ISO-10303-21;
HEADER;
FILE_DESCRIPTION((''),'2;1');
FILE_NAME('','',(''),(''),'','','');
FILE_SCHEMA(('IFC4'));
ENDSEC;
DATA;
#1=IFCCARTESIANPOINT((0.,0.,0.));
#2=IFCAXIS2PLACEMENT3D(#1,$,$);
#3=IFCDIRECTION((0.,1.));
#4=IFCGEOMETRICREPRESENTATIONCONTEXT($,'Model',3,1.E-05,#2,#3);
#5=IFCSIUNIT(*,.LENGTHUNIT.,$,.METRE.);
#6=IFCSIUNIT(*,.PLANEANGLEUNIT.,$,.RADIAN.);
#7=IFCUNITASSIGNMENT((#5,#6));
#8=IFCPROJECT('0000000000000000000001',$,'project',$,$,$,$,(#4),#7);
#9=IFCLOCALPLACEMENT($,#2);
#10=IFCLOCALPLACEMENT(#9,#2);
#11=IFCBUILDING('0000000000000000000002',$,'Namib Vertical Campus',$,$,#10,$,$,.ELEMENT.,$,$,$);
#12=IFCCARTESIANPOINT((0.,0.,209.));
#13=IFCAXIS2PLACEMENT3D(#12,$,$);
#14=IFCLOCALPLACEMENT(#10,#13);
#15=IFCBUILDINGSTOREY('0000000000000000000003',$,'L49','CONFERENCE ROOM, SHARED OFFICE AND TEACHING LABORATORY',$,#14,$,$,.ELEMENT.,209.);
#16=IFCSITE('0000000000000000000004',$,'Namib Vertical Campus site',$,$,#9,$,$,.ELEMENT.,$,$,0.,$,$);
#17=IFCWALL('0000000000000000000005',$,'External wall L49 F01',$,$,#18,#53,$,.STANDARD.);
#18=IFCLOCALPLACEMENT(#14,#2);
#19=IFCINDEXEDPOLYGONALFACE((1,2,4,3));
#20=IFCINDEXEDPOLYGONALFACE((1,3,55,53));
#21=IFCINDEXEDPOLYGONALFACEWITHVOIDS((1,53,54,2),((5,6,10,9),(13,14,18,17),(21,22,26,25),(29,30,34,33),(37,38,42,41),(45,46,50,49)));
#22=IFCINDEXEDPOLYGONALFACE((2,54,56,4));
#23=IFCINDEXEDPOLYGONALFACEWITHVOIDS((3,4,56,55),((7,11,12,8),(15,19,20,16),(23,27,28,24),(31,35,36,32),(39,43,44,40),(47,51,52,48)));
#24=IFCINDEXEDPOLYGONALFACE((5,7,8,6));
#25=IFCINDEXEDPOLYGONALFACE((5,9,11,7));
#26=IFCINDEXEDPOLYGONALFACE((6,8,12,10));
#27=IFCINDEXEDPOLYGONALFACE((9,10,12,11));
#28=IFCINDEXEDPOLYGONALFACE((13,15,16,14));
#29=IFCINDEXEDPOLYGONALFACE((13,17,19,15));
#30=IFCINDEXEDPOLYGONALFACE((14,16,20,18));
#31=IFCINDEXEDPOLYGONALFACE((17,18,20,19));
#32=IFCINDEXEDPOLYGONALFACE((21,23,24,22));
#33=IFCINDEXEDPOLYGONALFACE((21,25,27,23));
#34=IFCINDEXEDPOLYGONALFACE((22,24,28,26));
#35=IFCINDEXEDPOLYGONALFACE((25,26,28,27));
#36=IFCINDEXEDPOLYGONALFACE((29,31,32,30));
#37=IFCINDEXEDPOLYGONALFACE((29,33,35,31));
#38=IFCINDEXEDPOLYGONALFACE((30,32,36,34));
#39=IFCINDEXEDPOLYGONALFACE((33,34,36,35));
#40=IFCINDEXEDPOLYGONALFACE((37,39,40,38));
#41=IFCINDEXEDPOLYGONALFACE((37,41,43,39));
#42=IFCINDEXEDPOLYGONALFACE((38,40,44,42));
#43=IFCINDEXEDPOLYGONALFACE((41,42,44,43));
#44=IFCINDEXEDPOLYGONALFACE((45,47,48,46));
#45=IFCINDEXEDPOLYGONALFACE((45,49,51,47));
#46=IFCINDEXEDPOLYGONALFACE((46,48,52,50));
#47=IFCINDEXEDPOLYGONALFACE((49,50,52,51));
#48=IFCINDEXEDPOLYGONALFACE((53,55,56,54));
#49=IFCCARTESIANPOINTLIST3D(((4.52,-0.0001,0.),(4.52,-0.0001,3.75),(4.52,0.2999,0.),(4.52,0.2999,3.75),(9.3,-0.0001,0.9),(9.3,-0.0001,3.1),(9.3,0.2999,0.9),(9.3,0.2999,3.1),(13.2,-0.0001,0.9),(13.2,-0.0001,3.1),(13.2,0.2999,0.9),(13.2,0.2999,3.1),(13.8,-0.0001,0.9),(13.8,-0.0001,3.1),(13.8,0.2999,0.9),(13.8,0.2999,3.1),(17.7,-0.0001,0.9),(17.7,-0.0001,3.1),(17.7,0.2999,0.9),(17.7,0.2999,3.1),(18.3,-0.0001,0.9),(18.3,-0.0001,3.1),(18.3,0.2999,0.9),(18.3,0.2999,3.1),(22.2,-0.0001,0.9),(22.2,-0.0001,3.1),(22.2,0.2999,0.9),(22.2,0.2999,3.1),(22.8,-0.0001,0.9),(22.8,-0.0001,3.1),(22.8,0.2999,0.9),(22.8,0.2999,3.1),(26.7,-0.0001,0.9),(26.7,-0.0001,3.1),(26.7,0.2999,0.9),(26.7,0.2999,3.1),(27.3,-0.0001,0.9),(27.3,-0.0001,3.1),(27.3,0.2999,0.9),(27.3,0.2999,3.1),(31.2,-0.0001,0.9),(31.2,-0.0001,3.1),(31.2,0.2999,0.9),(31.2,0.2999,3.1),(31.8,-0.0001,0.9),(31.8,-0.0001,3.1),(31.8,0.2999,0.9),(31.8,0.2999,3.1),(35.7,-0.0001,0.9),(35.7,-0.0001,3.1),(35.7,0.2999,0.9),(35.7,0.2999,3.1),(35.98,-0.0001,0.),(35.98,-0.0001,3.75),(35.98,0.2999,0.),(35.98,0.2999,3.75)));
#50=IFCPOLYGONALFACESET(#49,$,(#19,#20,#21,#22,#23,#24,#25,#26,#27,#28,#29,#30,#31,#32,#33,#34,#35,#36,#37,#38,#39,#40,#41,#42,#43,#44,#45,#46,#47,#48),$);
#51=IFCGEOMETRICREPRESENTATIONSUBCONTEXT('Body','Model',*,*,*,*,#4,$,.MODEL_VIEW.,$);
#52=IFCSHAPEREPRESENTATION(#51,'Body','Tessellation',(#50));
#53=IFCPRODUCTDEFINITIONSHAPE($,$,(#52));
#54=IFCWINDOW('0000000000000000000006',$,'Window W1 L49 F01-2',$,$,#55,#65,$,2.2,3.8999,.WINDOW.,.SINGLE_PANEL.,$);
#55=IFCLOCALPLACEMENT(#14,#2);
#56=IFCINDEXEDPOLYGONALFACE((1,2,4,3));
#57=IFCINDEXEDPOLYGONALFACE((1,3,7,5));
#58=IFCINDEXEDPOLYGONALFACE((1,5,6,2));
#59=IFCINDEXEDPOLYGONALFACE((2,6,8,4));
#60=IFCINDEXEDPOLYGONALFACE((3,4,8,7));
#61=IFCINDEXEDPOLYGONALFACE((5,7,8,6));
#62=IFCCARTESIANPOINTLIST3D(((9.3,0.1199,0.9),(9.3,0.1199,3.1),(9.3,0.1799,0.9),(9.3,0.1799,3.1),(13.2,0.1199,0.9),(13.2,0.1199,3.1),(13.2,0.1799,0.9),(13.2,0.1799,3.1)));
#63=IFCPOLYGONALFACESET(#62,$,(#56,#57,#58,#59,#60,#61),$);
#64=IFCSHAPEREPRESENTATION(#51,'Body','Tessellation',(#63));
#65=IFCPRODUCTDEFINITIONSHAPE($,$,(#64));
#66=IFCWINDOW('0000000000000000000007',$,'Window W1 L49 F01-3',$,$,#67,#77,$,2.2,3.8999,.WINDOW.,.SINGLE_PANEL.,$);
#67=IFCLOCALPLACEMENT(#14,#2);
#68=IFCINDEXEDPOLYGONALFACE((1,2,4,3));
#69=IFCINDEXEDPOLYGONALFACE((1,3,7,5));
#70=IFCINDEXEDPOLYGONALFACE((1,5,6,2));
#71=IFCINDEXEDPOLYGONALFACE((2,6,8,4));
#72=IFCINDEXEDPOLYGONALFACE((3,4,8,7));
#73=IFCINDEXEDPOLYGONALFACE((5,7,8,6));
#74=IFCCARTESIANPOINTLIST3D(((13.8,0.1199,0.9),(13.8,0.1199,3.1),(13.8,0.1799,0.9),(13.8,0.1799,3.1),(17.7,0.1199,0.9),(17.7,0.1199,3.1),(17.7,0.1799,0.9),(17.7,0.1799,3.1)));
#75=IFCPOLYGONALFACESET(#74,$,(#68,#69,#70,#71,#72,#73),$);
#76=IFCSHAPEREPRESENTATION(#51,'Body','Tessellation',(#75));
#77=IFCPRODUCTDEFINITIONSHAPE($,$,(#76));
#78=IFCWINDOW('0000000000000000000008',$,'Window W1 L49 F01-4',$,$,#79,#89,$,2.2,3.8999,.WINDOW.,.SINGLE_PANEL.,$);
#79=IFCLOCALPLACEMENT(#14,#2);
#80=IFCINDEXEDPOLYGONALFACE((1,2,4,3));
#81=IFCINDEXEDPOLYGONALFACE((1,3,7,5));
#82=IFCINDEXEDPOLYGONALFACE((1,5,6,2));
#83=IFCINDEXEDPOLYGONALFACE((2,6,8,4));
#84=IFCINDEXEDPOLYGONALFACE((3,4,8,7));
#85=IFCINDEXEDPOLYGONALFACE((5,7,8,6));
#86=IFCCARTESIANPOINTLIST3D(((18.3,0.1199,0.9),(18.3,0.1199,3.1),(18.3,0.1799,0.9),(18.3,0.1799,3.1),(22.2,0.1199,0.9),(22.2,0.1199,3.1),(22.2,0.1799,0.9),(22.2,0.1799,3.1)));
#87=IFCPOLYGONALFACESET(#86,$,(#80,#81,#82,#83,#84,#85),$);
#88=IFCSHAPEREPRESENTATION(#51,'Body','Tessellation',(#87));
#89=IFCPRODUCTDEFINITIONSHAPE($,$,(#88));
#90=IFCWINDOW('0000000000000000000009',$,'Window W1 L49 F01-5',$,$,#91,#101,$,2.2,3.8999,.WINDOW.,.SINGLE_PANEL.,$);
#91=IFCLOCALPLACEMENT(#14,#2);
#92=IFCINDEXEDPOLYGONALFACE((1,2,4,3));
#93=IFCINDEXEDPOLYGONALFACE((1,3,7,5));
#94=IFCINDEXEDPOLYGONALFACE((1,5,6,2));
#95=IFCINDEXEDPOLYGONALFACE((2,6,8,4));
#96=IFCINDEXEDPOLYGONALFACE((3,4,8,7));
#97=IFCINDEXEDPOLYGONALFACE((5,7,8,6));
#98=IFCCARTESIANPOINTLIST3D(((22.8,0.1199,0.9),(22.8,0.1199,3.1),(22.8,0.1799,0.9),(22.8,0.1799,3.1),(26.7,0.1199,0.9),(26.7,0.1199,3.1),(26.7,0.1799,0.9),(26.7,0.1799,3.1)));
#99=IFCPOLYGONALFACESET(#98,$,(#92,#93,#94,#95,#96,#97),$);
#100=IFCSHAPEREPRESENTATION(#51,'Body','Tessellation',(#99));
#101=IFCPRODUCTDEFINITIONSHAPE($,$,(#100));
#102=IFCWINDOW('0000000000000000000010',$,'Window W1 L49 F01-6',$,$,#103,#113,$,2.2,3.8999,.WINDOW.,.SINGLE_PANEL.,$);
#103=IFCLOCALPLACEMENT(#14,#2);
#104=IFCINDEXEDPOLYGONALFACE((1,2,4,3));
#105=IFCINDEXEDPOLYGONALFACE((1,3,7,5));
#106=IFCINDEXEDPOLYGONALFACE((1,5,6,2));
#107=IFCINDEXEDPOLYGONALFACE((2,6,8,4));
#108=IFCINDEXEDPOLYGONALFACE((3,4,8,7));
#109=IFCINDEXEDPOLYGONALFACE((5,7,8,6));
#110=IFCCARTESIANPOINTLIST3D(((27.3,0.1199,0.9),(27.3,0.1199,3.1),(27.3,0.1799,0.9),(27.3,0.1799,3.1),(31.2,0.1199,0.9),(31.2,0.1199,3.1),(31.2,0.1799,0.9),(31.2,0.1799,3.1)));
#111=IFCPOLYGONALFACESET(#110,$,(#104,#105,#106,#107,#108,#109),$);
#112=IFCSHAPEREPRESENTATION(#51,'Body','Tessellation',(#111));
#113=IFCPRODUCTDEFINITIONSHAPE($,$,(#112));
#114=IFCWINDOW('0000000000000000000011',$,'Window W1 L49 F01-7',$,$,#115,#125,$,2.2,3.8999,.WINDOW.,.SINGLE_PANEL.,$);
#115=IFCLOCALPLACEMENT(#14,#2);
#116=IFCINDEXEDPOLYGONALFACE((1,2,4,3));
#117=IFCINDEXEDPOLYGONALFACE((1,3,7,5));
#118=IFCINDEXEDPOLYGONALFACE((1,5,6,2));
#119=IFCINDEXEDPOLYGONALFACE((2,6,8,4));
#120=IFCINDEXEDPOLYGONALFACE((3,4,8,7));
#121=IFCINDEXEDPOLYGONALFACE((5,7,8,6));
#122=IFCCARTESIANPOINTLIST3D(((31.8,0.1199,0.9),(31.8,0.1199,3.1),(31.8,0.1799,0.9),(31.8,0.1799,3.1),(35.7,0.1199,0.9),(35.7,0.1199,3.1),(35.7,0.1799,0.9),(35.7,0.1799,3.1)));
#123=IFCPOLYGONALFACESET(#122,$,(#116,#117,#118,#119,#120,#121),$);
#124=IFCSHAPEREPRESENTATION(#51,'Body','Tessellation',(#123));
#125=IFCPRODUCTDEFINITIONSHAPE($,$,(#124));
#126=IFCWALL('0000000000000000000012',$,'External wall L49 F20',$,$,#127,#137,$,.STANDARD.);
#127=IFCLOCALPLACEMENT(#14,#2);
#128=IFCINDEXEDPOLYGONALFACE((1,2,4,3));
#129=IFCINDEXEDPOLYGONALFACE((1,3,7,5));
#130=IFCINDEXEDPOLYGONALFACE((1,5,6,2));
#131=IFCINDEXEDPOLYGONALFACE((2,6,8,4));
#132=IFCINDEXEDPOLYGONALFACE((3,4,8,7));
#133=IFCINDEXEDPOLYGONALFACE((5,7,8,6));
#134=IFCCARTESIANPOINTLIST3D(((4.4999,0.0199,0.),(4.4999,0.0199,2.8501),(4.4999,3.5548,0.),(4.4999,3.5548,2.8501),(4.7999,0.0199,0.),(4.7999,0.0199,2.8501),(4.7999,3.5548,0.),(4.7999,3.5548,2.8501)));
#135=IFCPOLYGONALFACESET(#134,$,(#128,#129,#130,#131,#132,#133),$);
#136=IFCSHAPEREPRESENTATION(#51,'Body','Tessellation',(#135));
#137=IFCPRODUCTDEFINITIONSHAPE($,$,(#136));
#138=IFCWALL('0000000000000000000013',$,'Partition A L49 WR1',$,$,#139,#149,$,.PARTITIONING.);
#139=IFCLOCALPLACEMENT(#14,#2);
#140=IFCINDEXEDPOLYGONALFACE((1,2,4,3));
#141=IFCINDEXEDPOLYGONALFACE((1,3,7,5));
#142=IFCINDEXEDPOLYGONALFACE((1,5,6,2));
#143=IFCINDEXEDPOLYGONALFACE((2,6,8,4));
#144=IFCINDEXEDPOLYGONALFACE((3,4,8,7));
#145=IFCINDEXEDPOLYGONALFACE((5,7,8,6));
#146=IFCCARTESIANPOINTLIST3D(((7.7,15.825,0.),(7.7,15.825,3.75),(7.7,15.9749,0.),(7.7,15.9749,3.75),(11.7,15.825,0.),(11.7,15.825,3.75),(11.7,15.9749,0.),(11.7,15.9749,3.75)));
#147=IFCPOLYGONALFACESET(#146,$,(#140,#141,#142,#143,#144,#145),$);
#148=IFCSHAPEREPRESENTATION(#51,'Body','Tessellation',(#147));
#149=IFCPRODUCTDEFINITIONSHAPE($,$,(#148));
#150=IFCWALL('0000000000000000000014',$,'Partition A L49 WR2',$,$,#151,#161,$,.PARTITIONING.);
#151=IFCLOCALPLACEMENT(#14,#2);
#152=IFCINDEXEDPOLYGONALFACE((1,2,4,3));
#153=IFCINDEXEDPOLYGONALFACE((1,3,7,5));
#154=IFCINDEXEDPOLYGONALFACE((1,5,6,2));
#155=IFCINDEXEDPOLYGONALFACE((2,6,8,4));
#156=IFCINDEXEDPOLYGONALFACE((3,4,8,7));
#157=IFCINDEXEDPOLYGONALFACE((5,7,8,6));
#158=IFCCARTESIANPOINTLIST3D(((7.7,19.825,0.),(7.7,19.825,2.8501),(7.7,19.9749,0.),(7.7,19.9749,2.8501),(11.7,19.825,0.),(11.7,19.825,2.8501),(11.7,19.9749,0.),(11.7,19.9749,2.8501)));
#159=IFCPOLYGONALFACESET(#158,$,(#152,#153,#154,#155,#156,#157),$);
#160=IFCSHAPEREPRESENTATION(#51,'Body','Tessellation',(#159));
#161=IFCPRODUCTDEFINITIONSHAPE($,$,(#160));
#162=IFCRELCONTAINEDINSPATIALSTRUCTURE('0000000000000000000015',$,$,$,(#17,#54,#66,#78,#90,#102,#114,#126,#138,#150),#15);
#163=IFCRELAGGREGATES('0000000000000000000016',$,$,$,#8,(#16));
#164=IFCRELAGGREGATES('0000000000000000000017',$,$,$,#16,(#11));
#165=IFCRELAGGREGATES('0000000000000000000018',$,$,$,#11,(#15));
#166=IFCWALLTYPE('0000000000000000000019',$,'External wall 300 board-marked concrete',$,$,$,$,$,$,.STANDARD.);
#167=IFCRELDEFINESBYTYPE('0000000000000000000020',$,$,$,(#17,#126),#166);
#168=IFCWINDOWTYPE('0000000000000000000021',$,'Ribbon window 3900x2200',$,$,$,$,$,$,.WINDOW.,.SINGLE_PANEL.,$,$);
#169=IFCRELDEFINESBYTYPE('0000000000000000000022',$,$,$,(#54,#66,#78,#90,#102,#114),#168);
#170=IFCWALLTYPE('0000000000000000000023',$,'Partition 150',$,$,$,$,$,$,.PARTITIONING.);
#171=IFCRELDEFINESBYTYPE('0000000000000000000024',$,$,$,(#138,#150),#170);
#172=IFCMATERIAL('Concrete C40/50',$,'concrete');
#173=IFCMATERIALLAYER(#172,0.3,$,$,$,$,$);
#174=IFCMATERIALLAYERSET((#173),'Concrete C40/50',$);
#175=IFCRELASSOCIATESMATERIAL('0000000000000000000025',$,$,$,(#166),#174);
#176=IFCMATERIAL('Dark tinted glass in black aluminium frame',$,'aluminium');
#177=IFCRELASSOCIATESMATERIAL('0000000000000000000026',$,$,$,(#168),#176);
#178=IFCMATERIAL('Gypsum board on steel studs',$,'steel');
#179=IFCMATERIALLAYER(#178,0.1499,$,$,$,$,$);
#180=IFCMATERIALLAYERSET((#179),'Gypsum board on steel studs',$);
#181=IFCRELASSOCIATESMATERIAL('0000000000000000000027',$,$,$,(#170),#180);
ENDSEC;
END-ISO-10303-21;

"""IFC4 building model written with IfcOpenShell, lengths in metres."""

from ifc_helpers import new_model, si_unit, direction, frame, frame_2d, origin, place, context, subcontext, project, spatial, rectangle, extrude, material, layer, layer_set, type_object, element, fill, save


model = new_model("IFC4")

# Units and contexts
model_context = context("Model", 3, precision=1e-05, world=origin(), true_north=direction((0.0, 1.0)))
body_context = subcontext(model_context, "Body", "Model", "MODEL_VIEW")
ifc_project = project(units=[si_unit("LENGTHUNIT", "METRE"), si_unit("PLANEANGLEUNIT", "RADIAN")], contexts=[model_context])

# Site, building, storey
site_placement = place(None, origin())
site = spatial("IfcSite", under=ifc_project, at=site_placement, Name="Namib Vertical Campus site", CompositionType="ELEMENT", RefElevation=0.0)
building_placement = place(site_placement, origin())
building = spatial("IfcBuilding", under=site, at=building_placement, Name="Namib Vertical Campus", CompositionType="ELEMENT")
storey_placement = place(building_placement, frame((0.0, 0.0, 209.0)))
storey = spatial("IfcBuildingStorey", under=building, at=storey_placement, Name="L49", Description="CONFERENCE ROOM, SHARED OFFICE AND TEACHING LABORATORY", CompositionType="ELEMENT", Elevation=209.0)

# Wall, openings, windows
ifc_material_1 = material(Name="Concrete C40/50", Category="concrete")
ifc_layer_1 = layer(ifc_material_1, 0.3)
ifc_layer_set_1 = layer_set([ifc_layer_1], Name="Concrete C40/50")
wall_type_1 = type_object("IfcWallType", Name="External wall 300 board-marked concrete", PredefinedType="STANDARD", material=ifc_layer_set_1)
wall_1_placement = place(storey_placement, frame((4.52, 0.1499, 0.0), z_axis=(0.0, 0.0, 1.0), x_axis=(1.0, 0.0, 0.0)))
wall_1 = element("IfcWall", 1, at=wall_1_placement, inside=storey, type_object=wall_type_1, Name="External wall L49 F01", PredefinedType="STANDARD", context=body_context, shape_type="SweptSolid", body=[
    extrude(rectangle(XDim=31.46, YDim=0.3, at=frame_2d((15.73, 0.0))), origin(), (0.0, 0.0, 1.0), 3.75),
])
opening_1_placement = place(wall_1_placement, frame((4.78, 0.0, 0.8999)))
opening_1 = element("IfcOpeningElement", 2, at=opening_1_placement, cuts=wall_1, PredefinedType="OPENING", context=body_context, shape_type="SweptSolid", body=[
    extrude(rectangle(XDim=3.8999, YDim=2.2, at=frame_2d((1.95, 1.1001))), frame((0.0, 0.1599, 0.0), z_axis=(0.0, -1.0, 0.0), x_axis=(1.0, 0.0, 0.0)), (0.0, 0.0, 1.0), 0.3201),
])
opening_2_placement = place(wall_1_placement, frame((9.28, 0.0, 0.8999)))
opening_2 = element("IfcOpeningElement", 3, at=opening_2_placement, cuts=wall_1, PredefinedType="OPENING", context=body_context, shape_type="SweptSolid", body=[
    extrude(rectangle(XDim=3.8999, YDim=2.2, at=frame_2d((1.95, 1.1001))), frame((0.0, 0.1599, 0.0), z_axis=(0.0, -1.0, 0.0), x_axis=(1.0, 0.0, 0.0)), (0.0, 0.0, 1.0), 0.3201),
])
opening_3_placement = place(wall_1_placement, frame((13.78, 0.0, 0.8999)))
opening_3 = element("IfcOpeningElement", 4, at=opening_3_placement, cuts=wall_1, PredefinedType="OPENING", context=body_context, shape_type="SweptSolid", body=[
    extrude(rectangle(XDim=3.8999, YDim=2.2, at=frame_2d((1.95, 1.1001))), frame((0.0, 0.1599, 0.0), z_axis=(0.0, -1.0, 0.0), x_axis=(1.0, 0.0, 0.0)), (0.0, 0.0, 1.0), 0.3201),
])
opening_4_placement = place(wall_1_placement, frame((18.28, 0.0, 0.8999)))
opening_4 = element("IfcOpeningElement", 5, at=opening_4_placement, cuts=wall_1, PredefinedType="OPENING", context=body_context, shape_type="SweptSolid", body=[
    extrude(rectangle(XDim=3.8999, YDim=2.2, at=frame_2d((1.95, 1.1001))), frame((0.0, 0.1599, 0.0), z_axis=(0.0, -1.0, 0.0), x_axis=(1.0, 0.0, 0.0)), (0.0, 0.0, 1.0), 0.3201),
])
opening_5_placement = place(wall_1_placement, frame((22.78, 0.0, 0.8999)))
opening_5 = element("IfcOpeningElement", 6, at=opening_5_placement, cuts=wall_1, PredefinedType="OPENING", context=body_context, shape_type="SweptSolid", body=[
    extrude(rectangle(XDim=3.8999, YDim=2.2, at=frame_2d((1.95, 1.1001))), frame((0.0, 0.1599, 0.0), z_axis=(0.0, -1.0, 0.0), x_axis=(1.0, 0.0, 0.0)), (0.0, 0.0, 1.0), 0.3201),
])
opening_6_placement = place(wall_1_placement, frame((27.28, 0.0, 0.8999)))
opening_6 = element("IfcOpeningElement", 7, at=opening_6_placement, cuts=wall_1, PredefinedType="OPENING", context=body_context, shape_type="SweptSolid", body=[
    extrude(rectangle(XDim=3.8999, YDim=2.2, at=frame_2d((1.95, 1.1001))), frame((0.0, 0.1599, 0.0), z_axis=(0.0, -1.0, 0.0), x_axis=(1.0, 0.0, 0.0)), (0.0, 0.0, 1.0), 0.3201),
])
ifc_material_2 = material(Name="Dark tinted glass in black aluminium frame", Category="aluminium")
window_type = type_object("IfcWindowType", Name="Ribbon window 3900x2200", PartitioningType="SINGLE_PANEL", PredefinedType="WINDOW", material=ifc_material_2)
window_1_placement = place(opening_1_placement, origin())
window_1 = element("IfcWindow", 8, at=window_1_placement, inside=storey, type_object=window_type, Name="Window W1 L49 F01-2", OverallHeight=2.2, OverallWidth=3.8999, PartitioningType="SINGLE_PANEL", PredefinedType="WINDOW", context=body_context, shape_type="SweptSolid", body=[
    extrude(rectangle(XDim=3.8999, YDim=2.2, at=frame_2d((1.95, 1.1001))), frame((0.0, 0.03, 0.0), z_axis=(0.0, -1.0, 0.0), x_axis=(1.0, 0.0, 0.0)), (0.0, 0.0, 1.0), 0.0601),
])
fill(opening_1, window_1)
window_2_placement = place(opening_2_placement, origin())
window_2 = element("IfcWindow", 9, at=window_2_placement, inside=storey, type_object=window_type, Name="Window W1 L49 F01-3", OverallHeight=2.2, OverallWidth=3.8999, PartitioningType="SINGLE_PANEL", PredefinedType="WINDOW", context=body_context, shape_type="SweptSolid", body=[
    extrude(rectangle(XDim=3.8999, YDim=2.2, at=frame_2d((1.95, 1.1001))), frame((0.0, 0.03, 0.0), z_axis=(0.0, -1.0, 0.0), x_axis=(1.0, 0.0, 0.0)), (0.0, 0.0, 1.0), 0.0601),
])
fill(opening_2, window_2)
window_3_placement = place(opening_3_placement, origin())
window_3 = element("IfcWindow", 10, at=window_3_placement, inside=storey, type_object=window_type, Name="Window W1 L49 F01-4", OverallHeight=2.2, OverallWidth=3.8999, PartitioningType="SINGLE_PANEL", PredefinedType="WINDOW", context=body_context, shape_type="SweptSolid", body=[
    extrude(rectangle(XDim=3.8999, YDim=2.2, at=frame_2d((1.95, 1.1001))), frame((0.0, 0.03, 0.0), z_axis=(0.0, -1.0, 0.0), x_axis=(1.0, 0.0, 0.0)), (0.0, 0.0, 1.0), 0.0601),
])
fill(opening_3, window_3)
window_4_placement = place(opening_4_placement, origin())
window_4 = element("IfcWindow", 11, at=window_4_placement, inside=storey, type_object=window_type, Name="Window W1 L49 F01-5", OverallHeight=2.2, OverallWidth=3.8999, PartitioningType="SINGLE_PANEL", PredefinedType="WINDOW", context=body_context, shape_type="SweptSolid", body=[
    extrude(rectangle(XDim=3.8999, YDim=2.2, at=frame_2d((1.95, 1.1001))), frame((0.0, 0.03, 0.0), z_axis=(0.0, -1.0, 0.0), x_axis=(1.0, 0.0, 0.0)), (0.0, 0.0, 1.0), 0.0601),
])
fill(opening_4, window_4)
window_5_placement = place(opening_5_placement, origin())
window_5 = element("IfcWindow", 12, at=window_5_placement, inside=storey, type_object=window_type, Name="Window W1 L49 F01-6", OverallHeight=2.2, OverallWidth=3.8999, PartitioningType="SINGLE_PANEL", PredefinedType="WINDOW", context=body_context, shape_type="SweptSolid", body=[
    extrude(rectangle(XDim=3.8999, YDim=2.2, at=frame_2d((1.95, 1.1001))), frame((0.0, 0.03, 0.0), z_axis=(0.0, -1.0, 0.0), x_axis=(1.0, 0.0, 0.0)), (0.0, 0.0, 1.0), 0.0601),
])
fill(opening_5, window_5)
window_6_placement = place(opening_6_placement, origin())
window_6 = element("IfcWindow", 13, at=window_6_placement, inside=storey, type_object=window_type, Name="Window W1 L49 F01-7", OverallHeight=2.2, OverallWidth=3.8999, PartitioningType="SINGLE_PANEL", PredefinedType="WINDOW", context=body_context, shape_type="SweptSolid", body=[
    extrude(rectangle(XDim=3.8999, YDim=2.2, at=frame_2d((1.95, 1.1001))), frame((0.0, 0.03, 0.0), z_axis=(0.0, -1.0, 0.0), x_axis=(1.0, 0.0, 0.0)), (0.0, 0.0, 1.0), 0.0601),
])
fill(opening_6, window_6)

# Walls
wall_2_placement = place(storey_placement, frame((4.6499, 3.5549, 0.0), z_axis=(0.0, 0.0, 1.0), x_axis=(0.0, -1.0, 0.0)))
element("IfcWall", 14, at=wall_2_placement, inside=storey, type_object=wall_type_1, Name="External wall L49 F20", PredefinedType="STANDARD", context=body_context, shape_type="SweptSolid", body=[
    extrude(rectangle(XDim=3.5349, YDim=0.3, at=frame_2d((1.7676, 0.0))), origin(), (0.0, 0.0, 1.0), 2.8501),
])
ifc_material_3 = material(Name="Gypsum board on steel studs", Category="steel")
ifc_layer_2 = layer(ifc_material_3, 0.1499)
ifc_layer_set_2 = layer_set([ifc_layer_2], Name="Gypsum board on steel studs")
wall_type_2 = type_object("IfcWallType", Name="Partition 150", PredefinedType="PARTITIONING", material=ifc_layer_set_2)
wall_3_placement = place(storey_placement, frame((11.7, 15.8999, 0.0), z_axis=(0.0, 0.0, 1.0), x_axis=(-1.0, 0.0, 0.0)))
element("IfcWall", 15, at=wall_3_placement, inside=storey, type_object=wall_type_2, Name="Partition A L49 WR1", PredefinedType="PARTITIONING", context=body_context, shape_type="SweptSolid", body=[
    extrude(rectangle(XDim=4.0, YDim=0.1499, at=frame_2d((2.0, 0.0))), origin(), (0.0, 0.0, 1.0), 3.75),
])
wall_4_placement = place(storey_placement, frame((11.7, 19.8999, 0.0), z_axis=(0.0, 0.0, 1.0), x_axis=(-1.0, 0.0, 0.0)))
element("IfcWall", 16, at=wall_4_placement, inside=storey, type_object=wall_type_2, Name="Partition A L49 WR2", PredefinedType="PARTITIONING", context=body_context, shape_type="SweptSolid", body=[
    extrude(rectangle(XDim=4.0, YDim=0.1499, at=frame_2d((2.0, 0.0))), origin(), (0.0, 0.0, 1.0), 2.8501),
])

save(model, "model.ifc")
